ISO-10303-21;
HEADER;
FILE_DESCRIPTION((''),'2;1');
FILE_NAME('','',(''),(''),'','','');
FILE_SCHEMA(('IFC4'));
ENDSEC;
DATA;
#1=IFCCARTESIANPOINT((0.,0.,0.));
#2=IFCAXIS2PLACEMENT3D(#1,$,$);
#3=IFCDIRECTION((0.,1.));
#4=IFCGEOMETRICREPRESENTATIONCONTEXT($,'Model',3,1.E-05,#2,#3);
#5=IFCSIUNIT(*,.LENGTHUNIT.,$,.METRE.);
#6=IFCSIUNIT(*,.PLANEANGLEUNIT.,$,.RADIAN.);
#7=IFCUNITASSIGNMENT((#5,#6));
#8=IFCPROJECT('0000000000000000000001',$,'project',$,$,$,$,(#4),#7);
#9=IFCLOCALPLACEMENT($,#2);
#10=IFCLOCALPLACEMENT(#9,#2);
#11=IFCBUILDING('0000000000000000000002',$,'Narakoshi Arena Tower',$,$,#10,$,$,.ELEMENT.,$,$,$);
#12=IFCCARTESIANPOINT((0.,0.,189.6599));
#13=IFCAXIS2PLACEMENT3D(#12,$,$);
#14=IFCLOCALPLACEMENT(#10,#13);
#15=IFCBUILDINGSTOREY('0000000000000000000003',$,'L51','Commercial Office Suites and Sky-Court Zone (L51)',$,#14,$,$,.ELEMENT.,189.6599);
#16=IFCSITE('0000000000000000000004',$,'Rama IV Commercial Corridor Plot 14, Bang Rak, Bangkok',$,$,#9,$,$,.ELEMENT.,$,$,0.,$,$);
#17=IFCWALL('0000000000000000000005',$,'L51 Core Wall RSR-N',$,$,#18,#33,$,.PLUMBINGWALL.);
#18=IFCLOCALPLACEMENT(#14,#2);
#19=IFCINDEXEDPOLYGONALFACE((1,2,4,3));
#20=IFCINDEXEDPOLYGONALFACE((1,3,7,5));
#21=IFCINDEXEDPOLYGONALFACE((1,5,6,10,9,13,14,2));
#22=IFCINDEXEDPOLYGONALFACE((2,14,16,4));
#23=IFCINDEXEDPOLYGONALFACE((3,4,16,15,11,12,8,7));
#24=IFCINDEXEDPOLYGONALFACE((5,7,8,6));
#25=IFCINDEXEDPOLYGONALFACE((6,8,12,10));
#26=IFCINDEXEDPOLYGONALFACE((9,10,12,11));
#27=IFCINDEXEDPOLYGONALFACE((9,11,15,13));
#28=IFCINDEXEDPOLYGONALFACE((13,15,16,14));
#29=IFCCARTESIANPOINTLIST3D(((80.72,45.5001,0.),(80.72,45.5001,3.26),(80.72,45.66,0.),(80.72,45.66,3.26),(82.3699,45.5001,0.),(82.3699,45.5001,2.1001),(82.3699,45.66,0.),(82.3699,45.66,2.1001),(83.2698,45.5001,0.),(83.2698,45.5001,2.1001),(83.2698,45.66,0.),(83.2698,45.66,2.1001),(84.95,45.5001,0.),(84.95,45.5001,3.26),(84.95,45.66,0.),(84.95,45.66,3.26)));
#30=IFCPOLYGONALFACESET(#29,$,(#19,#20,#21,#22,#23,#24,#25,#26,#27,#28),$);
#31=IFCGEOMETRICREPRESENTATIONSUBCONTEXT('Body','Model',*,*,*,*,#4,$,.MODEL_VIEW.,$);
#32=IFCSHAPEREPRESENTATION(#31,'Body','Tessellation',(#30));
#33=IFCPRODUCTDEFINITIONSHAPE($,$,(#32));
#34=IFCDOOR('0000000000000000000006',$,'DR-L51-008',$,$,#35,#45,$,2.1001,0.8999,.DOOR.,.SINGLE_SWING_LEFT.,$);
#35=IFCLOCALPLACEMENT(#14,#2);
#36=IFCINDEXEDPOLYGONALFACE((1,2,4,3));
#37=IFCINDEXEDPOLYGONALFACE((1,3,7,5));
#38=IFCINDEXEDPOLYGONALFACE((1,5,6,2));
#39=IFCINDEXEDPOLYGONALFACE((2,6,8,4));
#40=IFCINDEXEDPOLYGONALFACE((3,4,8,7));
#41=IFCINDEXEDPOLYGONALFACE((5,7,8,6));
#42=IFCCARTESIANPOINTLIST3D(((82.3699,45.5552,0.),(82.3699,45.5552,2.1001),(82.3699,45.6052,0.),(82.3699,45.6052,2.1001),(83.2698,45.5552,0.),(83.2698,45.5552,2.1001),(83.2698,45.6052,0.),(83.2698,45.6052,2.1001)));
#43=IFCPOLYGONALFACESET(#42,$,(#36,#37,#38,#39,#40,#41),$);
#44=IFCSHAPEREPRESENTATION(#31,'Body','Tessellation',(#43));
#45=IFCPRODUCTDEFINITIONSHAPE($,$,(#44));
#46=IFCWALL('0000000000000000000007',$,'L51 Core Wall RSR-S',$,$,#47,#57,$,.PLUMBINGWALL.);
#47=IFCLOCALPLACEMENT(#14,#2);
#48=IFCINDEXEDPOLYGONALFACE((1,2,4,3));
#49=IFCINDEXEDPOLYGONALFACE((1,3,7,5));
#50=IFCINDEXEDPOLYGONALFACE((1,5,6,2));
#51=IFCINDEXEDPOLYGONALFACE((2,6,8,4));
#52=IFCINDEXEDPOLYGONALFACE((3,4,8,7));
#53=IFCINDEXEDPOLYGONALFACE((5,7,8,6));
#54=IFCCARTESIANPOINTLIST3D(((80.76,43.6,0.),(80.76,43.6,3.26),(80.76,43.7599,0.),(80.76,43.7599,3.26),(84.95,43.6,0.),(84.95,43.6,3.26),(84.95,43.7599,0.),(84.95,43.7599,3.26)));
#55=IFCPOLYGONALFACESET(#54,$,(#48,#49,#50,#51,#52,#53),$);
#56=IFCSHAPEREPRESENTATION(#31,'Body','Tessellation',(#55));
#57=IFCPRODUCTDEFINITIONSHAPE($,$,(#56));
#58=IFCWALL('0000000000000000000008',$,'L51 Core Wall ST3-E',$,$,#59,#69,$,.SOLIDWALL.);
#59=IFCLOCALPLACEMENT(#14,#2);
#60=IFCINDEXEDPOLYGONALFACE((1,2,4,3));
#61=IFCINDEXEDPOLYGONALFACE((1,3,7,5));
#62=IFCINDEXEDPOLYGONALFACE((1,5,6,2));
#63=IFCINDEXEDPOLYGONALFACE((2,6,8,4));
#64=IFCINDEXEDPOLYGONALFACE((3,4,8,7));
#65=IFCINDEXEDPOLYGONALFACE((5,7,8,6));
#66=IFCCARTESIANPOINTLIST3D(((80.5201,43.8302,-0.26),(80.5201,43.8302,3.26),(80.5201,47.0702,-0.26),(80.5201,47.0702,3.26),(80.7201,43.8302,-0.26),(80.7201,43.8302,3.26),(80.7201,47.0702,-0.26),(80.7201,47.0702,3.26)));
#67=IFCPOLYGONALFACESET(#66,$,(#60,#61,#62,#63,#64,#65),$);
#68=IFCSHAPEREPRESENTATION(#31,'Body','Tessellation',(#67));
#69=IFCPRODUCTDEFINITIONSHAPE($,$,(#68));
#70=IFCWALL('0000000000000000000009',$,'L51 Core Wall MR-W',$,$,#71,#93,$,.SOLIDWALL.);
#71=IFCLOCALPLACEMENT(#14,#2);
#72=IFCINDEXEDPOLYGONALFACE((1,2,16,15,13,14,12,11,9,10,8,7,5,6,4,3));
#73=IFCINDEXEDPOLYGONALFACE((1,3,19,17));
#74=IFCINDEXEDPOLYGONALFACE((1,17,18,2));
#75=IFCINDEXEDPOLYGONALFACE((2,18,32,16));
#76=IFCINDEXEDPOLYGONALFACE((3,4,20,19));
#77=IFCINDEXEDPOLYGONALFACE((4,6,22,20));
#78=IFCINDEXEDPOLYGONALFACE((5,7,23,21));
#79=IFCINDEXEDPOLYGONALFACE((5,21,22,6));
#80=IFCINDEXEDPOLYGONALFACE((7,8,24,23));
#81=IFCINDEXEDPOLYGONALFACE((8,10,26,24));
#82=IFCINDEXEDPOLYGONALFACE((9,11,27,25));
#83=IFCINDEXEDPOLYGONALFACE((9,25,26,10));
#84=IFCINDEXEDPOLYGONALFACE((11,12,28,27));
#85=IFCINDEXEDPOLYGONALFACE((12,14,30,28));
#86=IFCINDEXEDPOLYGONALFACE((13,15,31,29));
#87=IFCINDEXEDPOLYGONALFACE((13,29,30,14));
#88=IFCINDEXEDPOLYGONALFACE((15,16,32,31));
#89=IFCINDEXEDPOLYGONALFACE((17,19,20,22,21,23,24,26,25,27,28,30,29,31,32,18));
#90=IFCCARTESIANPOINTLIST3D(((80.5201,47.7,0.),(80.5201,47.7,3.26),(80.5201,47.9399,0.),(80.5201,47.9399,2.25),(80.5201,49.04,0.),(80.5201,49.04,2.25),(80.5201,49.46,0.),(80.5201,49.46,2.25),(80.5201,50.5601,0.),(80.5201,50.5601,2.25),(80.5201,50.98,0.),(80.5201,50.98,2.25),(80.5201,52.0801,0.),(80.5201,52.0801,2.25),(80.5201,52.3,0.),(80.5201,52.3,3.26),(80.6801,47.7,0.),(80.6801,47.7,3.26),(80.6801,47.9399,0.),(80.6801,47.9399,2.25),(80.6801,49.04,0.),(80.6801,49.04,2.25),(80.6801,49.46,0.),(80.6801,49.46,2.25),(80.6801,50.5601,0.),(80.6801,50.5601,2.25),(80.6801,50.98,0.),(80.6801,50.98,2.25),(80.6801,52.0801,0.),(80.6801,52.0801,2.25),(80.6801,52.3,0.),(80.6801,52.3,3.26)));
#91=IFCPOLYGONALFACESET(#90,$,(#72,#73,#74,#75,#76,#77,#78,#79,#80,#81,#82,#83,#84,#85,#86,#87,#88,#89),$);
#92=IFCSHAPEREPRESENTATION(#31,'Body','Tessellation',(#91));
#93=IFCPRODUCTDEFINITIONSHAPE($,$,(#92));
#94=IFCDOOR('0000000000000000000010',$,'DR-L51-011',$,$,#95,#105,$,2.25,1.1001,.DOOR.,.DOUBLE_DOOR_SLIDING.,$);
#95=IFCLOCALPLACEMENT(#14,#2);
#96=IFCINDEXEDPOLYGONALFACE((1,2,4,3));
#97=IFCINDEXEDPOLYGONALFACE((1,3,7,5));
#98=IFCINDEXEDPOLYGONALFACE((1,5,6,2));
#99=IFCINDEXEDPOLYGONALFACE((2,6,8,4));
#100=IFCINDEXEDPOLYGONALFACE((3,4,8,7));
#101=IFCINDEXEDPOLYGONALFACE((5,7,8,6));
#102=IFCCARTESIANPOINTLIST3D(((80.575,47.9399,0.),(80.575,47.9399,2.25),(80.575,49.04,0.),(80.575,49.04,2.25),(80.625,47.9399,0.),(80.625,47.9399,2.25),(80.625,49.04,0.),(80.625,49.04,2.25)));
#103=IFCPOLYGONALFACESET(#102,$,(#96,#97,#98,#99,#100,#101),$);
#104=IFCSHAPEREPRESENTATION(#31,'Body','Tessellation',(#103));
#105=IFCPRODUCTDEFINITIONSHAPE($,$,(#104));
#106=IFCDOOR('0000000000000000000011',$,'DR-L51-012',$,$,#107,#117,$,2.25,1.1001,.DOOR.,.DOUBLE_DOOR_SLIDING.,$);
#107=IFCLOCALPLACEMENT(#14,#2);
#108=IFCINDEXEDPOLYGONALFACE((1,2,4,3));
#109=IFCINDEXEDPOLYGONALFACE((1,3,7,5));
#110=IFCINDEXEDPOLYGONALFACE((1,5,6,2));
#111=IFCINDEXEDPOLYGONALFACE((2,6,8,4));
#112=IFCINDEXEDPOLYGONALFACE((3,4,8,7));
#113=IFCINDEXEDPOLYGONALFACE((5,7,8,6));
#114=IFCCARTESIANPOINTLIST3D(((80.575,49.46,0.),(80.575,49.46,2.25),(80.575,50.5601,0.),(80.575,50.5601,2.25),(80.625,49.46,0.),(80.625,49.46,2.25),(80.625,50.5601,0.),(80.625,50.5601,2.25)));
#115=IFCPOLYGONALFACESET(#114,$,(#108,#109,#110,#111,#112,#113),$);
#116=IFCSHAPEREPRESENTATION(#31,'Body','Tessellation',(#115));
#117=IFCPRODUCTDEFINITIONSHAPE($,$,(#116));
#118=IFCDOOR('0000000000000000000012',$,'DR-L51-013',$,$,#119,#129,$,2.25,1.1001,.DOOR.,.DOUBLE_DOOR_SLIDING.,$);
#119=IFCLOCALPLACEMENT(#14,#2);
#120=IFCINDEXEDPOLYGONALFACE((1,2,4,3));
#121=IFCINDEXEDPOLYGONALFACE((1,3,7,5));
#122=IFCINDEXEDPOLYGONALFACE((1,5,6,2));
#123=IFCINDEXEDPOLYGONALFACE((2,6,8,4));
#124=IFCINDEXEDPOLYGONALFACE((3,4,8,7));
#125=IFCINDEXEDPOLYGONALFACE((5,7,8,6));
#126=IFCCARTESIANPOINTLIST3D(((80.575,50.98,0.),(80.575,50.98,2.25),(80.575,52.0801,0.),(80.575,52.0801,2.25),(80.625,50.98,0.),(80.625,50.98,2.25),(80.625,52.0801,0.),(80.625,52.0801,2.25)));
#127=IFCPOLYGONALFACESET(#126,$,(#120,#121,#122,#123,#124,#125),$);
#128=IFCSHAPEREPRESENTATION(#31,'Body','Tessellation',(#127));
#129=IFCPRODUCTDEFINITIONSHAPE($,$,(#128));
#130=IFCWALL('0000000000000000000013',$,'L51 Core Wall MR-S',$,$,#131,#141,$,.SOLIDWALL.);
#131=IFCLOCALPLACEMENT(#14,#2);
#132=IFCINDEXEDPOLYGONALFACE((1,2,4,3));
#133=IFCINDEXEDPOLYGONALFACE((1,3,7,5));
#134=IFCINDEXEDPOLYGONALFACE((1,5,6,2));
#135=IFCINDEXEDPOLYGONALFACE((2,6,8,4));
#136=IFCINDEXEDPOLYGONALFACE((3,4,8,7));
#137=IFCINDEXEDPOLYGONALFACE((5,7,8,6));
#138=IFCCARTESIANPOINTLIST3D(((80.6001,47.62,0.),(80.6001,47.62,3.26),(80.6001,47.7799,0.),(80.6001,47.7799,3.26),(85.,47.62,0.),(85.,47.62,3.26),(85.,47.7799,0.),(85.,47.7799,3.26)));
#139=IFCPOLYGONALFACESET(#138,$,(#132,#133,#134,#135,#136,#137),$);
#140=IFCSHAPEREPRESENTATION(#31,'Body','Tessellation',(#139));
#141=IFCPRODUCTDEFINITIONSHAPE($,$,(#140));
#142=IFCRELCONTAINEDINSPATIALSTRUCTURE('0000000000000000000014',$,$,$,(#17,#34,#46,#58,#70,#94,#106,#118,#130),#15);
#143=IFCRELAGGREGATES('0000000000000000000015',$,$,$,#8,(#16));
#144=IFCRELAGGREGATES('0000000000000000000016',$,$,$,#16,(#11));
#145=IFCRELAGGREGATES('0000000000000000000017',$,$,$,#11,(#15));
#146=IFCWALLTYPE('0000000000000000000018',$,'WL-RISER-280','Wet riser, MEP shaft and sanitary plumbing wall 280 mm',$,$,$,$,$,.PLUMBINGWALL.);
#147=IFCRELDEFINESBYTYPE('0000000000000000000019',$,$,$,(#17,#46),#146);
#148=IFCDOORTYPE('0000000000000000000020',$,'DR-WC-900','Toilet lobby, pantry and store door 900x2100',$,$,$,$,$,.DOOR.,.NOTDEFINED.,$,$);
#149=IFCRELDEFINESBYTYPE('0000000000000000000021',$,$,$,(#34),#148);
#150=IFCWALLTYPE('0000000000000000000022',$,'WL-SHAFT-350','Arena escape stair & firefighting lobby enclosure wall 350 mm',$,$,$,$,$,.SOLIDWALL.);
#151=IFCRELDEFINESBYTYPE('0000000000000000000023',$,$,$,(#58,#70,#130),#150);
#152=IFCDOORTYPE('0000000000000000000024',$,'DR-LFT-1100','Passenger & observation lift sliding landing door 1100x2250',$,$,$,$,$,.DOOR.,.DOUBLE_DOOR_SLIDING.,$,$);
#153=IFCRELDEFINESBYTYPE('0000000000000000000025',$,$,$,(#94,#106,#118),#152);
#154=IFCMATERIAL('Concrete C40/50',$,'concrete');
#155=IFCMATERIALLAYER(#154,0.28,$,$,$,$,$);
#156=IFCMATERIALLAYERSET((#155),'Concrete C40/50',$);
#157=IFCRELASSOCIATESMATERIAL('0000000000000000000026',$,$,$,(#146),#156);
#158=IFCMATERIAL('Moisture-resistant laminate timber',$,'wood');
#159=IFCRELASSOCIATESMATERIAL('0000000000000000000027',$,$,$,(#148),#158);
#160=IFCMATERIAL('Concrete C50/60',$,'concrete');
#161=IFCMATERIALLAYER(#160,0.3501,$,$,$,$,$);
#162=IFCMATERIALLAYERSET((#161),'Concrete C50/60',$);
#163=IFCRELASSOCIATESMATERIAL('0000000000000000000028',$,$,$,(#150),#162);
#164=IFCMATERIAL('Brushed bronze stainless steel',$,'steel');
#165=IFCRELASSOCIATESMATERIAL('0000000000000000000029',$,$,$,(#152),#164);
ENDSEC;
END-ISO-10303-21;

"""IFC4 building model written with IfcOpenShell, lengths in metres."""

from ifc_helpers import new_model, si_unit, direction, frame, frame_2d, origin, place, context, subcontext, project, spatial, rectangle, extrude, material, layer, layer_set, type_object, element, fill, save


model = new_model("IFC4")

# Units and contexts
model_context = context("Model", 3, precision=1e-05, world=origin(), true_north=direction((0.0, 1.0)))
body_context = subcontext(model_context, "Body", "Model", "MODEL_VIEW")
ifc_project = project(units=[si_unit("LENGTHUNIT", "METRE"), si_unit("PLANEANGLEUNIT", "RADIAN")], contexts=[model_context])

# Site, building, storey
site_placement = place(None, origin())
site = spatial("IfcSite", under=ifc_project, at=site_placement, Name="Rama IV Commercial Corridor Plot 14, Bang Rak, Bangkok", CompositionType="ELEMENT", RefElevation=0.0)
building_placement = place(site_placement, origin())
building = spatial("IfcBuilding", under=site, at=building_placement, Name="Narakoshi Arena Tower", CompositionType="ELEMENT")
storey_placement = place(building_placement, frame((0.0, 0.0, 189.6599)))
storey = spatial("IfcBuildingStorey", under=building, at=storey_placement, Name="L51", Description="Commercial Office Suites and Sky-Court Zone (L51)", CompositionType="ELEMENT", Elevation=189.6599)

# Shared definitions
ifc_material_1 = material(Name="Concrete C50/60", Category="concrete")

# Shared definitions
ifc_material_2 = material(Name="Concrete C40/50", Category="concrete")
ifc_layer_1 = layer(ifc_material_2, 0.28)
ifc_layer_set_1 = layer_set([ifc_layer_1], Name="Concrete C40/50")
wall_type_1 = type_object("IfcWallType", Name="WL-RISER-280", Description="Wet riser, MEP shaft and sanitary plumbing wall 280 mm", PredefinedType="PLUMBINGWALL", material=ifc_layer_set_1)

# Wall, opening, door
wall_1_placement = place(storey_placement, frame((80.72, 45.5801, 0.0), z_axis=(0.0, 0.0, 1.0), x_axis=(1.0, 0.0, 0.0)))
wall_1 = element("IfcWall", 1, at=wall_1_placement, inside=storey, type_object=wall_type_1, Name="L51 Core Wall RSR-N", PredefinedType="PLUMBINGWALL", context=body_context, shape_type="SweptSolid", body=[
    extrude(rectangle(XDim=4.23, YDim=0.1599, at=frame_2d((2.115, 0.0))), origin(), (0.0, 0.0, 1.0), 3.26),
])
opening_1_placement = place(wall_1_placement, frame((1.6499, 0.0, 0.0)))
opening_1 = element("IfcOpeningElement", 2, at=opening_1_placement, cuts=wall_1, PredefinedType="OPENING", context=body_context, shape_type="SweptSolid", body=[
    extrude(rectangle(XDim=0.8999, YDim=2.1001, at=frame_2d((0.45, 1.05))), frame((0.0, 0.0898, 0.0), z_axis=(0.0, -1.0, 0.0), x_axis=(1.0, 0.0, 0.0)), (0.0, 0.0, 1.0), 0.1799),
])
ifc_material_3 = material(Name="Moisture-resistant laminate timber", Category="wood")
door_type_1 = type_object("IfcDoorType", Name="DR-WC-900", Description="Toilet lobby, pantry and store door 900x2100", OperationType="NOTDEFINED", PredefinedType="DOOR", material=ifc_material_3)
door_1_placement = place(opening_1_placement, frame((0.8999, 0.0, 0.0), z_axis=(0.0, 0.0, 1.0), x_axis=(-1.0, 0.0, 0.0)))
door_1 = element("IfcDoor", 3, at=door_1_placement, inside=storey, type_object=door_type_1, Name="DR-L51-008", OperationType="SINGLE_SWING_LEFT", OverallHeight=2.1001, OverallWidth=0.8999, PredefinedType="DOOR", context=body_context, shape_type="SweptSolid", body=[
    extrude(rectangle(XDim=0.8999, YDim=2.1001, at=frame_2d((0.45, 1.05))), frame((0.0, 0.0249, 0.0), z_axis=(0.0, -1.0, 0.0), x_axis=(1.0, 0.0, 0.0)), (0.0, 0.0, 1.0), 0.05),
])
fill(opening_1, door_1)

# Walls
wall_2_placement = place(storey_placement, frame((80.76, 43.6799, 0.0), z_axis=(0.0, 0.0, 1.0), x_axis=(1.0, 0.0, 0.0)))
element("IfcWall", 4, at=wall_2_placement, inside=storey, type_object=wall_type_1, Name="L51 Core Wall RSR-S", PredefinedType="PLUMBINGWALL", context=body_context, shape_type="SweptSolid", body=[
    extrude(rectangle(XDim=4.1899, YDim=0.1599, at=frame_2d((2.095, 0.0))), origin(), (0.0, 0.0, 1.0), 3.26),
])
ifc_layer_2 = layer(ifc_material_1, 0.3501)
ifc_layer_set_2 = layer_set([ifc_layer_2], Name="Concrete C50/60")
wall_type_2 = type_object("IfcWallType", Name="WL-SHAFT-350", Description="Arena escape stair & firefighting lobby enclosure wall 350 mm", PredefinedType="SOLIDWALL", material=ifc_layer_set_2)
wall_3_placement = place(storey_placement, frame((80.6201, 43.8301, -0.26), z_axis=(0.0, 0.0, 1.0), x_axis=(0.0, 1.0, 0.0)))
element("IfcWall", 5, at=wall_3_placement, inside=storey, type_object=wall_type_2, Name="L51 Core Wall ST3-E", PredefinedType="SOLIDWALL", context=body_context, shape_type="SweptSolid", body=[
    extrude(rectangle(XDim=3.24, YDim=0.2, at=frame_2d((1.6201, 0.0))), origin(), (0.0, 0.0, 1.0), 3.52),
])

# Wall, openings, doors
wall_4_placement = place(storey_placement, frame((80.6001, 47.7, 0.0), z_axis=(0.0, 0.0, 1.0), x_axis=(0.0, 1.0, 0.0)))
wall_4 = element("IfcWall", 6, at=wall_4_placement, inside=storey, type_object=wall_type_2, Name="L51 Core Wall MR-W", PredefinedType="SOLIDWALL", context=body_context, shape_type="SweptSolid", body=[
    extrude(rectangle(XDim=4.6001, YDim=0.1599, at=frame_2d((2.3, 0.0))), origin(), (0.0, 0.0, 1.0), 3.26),
])
opening_2_placement = place(wall_4_placement, frame((0.24, 0.0, 0.0)))
opening_2 = element("IfcOpeningElement", 7, at=opening_2_placement, cuts=wall_4, PredefinedType="OPENING", context=body_context, shape_type="SweptSolid", body=[
    extrude(rectangle(XDim=1.1001, YDim=2.25, at=frame_2d((0.55, 1.125))), frame((0.0, 0.0898, 0.0), z_axis=(0.0, -1.0, 0.0), x_axis=(1.0, 0.0, 0.0)), (0.0, 0.0, 1.0), 0.1799),
])
opening_3_placement = place(wall_4_placement, frame((1.76, 0.0, 0.0)))
opening_3 = element("IfcOpeningElement", 8, at=opening_3_placement, cuts=wall_4, PredefinedType="OPENING", context=body_context, shape_type="SweptSolid", body=[
    extrude(rectangle(XDim=1.1001, YDim=2.25, at=frame_2d((0.55, 1.125))), frame((0.0, 0.0898, 0.0), z_axis=(0.0, -1.0, 0.0), x_axis=(1.0, 0.0, 0.0)), (0.0, 0.0, 1.0), 0.1799),
])
opening_4_placement = place(wall_4_placement, frame((3.28, 0.0, 0.0)))
opening_4 = element("IfcOpeningElement", 9, at=opening_4_placement, cuts=wall_4, PredefinedType="OPENING", context=body_context, shape_type="SweptSolid", body=[
    extrude(rectangle(XDim=1.1001, YDim=2.25, at=frame_2d((0.55, 1.125))), frame((0.0, 0.0898, 0.0), z_axis=(0.0, -1.0, 0.0), x_axis=(1.0, 0.0, 0.0)), (0.0, 0.0, 1.0), 0.1799),
])
ifc_material_4 = material(Name="Brushed bronze stainless steel", Category="steel")
door_type_2 = type_object("IfcDoorType", Name="DR-LFT-1100", Description="Passenger & observation lift sliding landing door 1100x2250", OperationType="DOUBLE_DOOR_SLIDING", PredefinedType="DOOR", material=ifc_material_4)
door_2_placement = place(opening_2_placement, frame((1.1001, 0.0, 0.0), z_axis=(0.0, 0.0, 1.0), x_axis=(-1.0, 0.0, 0.0)))
door_2 = element("IfcDoor", 10, at=door_2_placement, inside=storey, type_object=door_type_2, Name="DR-L51-011", OperationType="DOUBLE_DOOR_SLIDING", OverallHeight=2.25, OverallWidth=1.1001, PredefinedType="DOOR", context=body_context, shape_type="SweptSolid", body=[
    extrude(rectangle(XDim=1.1001, YDim=2.25, at=frame_2d((0.55, 1.125))), frame((0.0, 0.0249, 0.0), z_axis=(0.0, -1.0, 0.0), x_axis=(1.0, 0.0, 0.0)), (0.0, 0.0, 1.0), 0.05),
])
fill(opening_2, door_2)
door_3_placement = place(opening_3_placement, frame((1.1001, 0.0, 0.0), z_axis=(0.0, 0.0, 1.0), x_axis=(-1.0, 0.0, 0.0)))
door_3 = element("IfcDoor", 11, at=door_3_placement, inside=storey, type_object=door_type_2, Name="DR-L51-012", OperationType="DOUBLE_DOOR_SLIDING", OverallHeight=2.25, OverallWidth=1.1001, PredefinedType="DOOR", context=body_context, shape_type="SweptSolid", body=[
    extrude(rectangle(XDim=1.1001, YDim=2.25, at=frame_2d((0.55, 1.125))), frame((0.0, 0.0249, 0.0), z_axis=(0.0, -1.0, 0.0), x_axis=(1.0, 0.0, 0.0)), (0.0, 0.0, 1.0), 0.05),
])
fill(opening_3, door_3)
door_4_placement = place(opening_4_placement, frame((1.1001, 0.0, 0.0), z_axis=(0.0, 0.0, 1.0), x_axis=(-1.0, 0.0, 0.0)))
door_4 = element("IfcDoor", 12, at=door_4_placement, inside=storey, type_object=door_type_2, Name="DR-L51-013", OperationType="DOUBLE_DOOR_SLIDING", OverallHeight=2.25, OverallWidth=1.1001, PredefinedType="DOOR", context=body_context, shape_type="SweptSolid", body=[
    extrude(rectangle(XDim=1.1001, YDim=2.25, at=frame_2d((0.55, 1.125))), frame((0.0, 0.0249, 0.0), z_axis=(0.0, -1.0, 0.0), x_axis=(1.0, 0.0, 0.0)), (0.0, 0.0, 1.0), 0.05),
])
fill(opening_4, door_4)

# Wall
wall_5_placement = place(storey_placement, frame((80.6001, 47.7, 0.0), z_axis=(0.0, 0.0, 1.0), x_axis=(1.0, 0.0, 0.0)))
element("IfcWall", 13, at=wall_5_placement, inside=storey, type_object=wall_type_2, Name="L51 Core Wall MR-S", PredefinedType="SOLIDWALL", context=body_context, shape_type="SweptSolid", body=[
    extrude(rectangle(XDim=4.3999, YDim=0.1599, at=frame_2d((2.2, 0.0))), origin(), (0.0, 0.0, 1.0), 3.26),
])

save(model, "model.ifc")
